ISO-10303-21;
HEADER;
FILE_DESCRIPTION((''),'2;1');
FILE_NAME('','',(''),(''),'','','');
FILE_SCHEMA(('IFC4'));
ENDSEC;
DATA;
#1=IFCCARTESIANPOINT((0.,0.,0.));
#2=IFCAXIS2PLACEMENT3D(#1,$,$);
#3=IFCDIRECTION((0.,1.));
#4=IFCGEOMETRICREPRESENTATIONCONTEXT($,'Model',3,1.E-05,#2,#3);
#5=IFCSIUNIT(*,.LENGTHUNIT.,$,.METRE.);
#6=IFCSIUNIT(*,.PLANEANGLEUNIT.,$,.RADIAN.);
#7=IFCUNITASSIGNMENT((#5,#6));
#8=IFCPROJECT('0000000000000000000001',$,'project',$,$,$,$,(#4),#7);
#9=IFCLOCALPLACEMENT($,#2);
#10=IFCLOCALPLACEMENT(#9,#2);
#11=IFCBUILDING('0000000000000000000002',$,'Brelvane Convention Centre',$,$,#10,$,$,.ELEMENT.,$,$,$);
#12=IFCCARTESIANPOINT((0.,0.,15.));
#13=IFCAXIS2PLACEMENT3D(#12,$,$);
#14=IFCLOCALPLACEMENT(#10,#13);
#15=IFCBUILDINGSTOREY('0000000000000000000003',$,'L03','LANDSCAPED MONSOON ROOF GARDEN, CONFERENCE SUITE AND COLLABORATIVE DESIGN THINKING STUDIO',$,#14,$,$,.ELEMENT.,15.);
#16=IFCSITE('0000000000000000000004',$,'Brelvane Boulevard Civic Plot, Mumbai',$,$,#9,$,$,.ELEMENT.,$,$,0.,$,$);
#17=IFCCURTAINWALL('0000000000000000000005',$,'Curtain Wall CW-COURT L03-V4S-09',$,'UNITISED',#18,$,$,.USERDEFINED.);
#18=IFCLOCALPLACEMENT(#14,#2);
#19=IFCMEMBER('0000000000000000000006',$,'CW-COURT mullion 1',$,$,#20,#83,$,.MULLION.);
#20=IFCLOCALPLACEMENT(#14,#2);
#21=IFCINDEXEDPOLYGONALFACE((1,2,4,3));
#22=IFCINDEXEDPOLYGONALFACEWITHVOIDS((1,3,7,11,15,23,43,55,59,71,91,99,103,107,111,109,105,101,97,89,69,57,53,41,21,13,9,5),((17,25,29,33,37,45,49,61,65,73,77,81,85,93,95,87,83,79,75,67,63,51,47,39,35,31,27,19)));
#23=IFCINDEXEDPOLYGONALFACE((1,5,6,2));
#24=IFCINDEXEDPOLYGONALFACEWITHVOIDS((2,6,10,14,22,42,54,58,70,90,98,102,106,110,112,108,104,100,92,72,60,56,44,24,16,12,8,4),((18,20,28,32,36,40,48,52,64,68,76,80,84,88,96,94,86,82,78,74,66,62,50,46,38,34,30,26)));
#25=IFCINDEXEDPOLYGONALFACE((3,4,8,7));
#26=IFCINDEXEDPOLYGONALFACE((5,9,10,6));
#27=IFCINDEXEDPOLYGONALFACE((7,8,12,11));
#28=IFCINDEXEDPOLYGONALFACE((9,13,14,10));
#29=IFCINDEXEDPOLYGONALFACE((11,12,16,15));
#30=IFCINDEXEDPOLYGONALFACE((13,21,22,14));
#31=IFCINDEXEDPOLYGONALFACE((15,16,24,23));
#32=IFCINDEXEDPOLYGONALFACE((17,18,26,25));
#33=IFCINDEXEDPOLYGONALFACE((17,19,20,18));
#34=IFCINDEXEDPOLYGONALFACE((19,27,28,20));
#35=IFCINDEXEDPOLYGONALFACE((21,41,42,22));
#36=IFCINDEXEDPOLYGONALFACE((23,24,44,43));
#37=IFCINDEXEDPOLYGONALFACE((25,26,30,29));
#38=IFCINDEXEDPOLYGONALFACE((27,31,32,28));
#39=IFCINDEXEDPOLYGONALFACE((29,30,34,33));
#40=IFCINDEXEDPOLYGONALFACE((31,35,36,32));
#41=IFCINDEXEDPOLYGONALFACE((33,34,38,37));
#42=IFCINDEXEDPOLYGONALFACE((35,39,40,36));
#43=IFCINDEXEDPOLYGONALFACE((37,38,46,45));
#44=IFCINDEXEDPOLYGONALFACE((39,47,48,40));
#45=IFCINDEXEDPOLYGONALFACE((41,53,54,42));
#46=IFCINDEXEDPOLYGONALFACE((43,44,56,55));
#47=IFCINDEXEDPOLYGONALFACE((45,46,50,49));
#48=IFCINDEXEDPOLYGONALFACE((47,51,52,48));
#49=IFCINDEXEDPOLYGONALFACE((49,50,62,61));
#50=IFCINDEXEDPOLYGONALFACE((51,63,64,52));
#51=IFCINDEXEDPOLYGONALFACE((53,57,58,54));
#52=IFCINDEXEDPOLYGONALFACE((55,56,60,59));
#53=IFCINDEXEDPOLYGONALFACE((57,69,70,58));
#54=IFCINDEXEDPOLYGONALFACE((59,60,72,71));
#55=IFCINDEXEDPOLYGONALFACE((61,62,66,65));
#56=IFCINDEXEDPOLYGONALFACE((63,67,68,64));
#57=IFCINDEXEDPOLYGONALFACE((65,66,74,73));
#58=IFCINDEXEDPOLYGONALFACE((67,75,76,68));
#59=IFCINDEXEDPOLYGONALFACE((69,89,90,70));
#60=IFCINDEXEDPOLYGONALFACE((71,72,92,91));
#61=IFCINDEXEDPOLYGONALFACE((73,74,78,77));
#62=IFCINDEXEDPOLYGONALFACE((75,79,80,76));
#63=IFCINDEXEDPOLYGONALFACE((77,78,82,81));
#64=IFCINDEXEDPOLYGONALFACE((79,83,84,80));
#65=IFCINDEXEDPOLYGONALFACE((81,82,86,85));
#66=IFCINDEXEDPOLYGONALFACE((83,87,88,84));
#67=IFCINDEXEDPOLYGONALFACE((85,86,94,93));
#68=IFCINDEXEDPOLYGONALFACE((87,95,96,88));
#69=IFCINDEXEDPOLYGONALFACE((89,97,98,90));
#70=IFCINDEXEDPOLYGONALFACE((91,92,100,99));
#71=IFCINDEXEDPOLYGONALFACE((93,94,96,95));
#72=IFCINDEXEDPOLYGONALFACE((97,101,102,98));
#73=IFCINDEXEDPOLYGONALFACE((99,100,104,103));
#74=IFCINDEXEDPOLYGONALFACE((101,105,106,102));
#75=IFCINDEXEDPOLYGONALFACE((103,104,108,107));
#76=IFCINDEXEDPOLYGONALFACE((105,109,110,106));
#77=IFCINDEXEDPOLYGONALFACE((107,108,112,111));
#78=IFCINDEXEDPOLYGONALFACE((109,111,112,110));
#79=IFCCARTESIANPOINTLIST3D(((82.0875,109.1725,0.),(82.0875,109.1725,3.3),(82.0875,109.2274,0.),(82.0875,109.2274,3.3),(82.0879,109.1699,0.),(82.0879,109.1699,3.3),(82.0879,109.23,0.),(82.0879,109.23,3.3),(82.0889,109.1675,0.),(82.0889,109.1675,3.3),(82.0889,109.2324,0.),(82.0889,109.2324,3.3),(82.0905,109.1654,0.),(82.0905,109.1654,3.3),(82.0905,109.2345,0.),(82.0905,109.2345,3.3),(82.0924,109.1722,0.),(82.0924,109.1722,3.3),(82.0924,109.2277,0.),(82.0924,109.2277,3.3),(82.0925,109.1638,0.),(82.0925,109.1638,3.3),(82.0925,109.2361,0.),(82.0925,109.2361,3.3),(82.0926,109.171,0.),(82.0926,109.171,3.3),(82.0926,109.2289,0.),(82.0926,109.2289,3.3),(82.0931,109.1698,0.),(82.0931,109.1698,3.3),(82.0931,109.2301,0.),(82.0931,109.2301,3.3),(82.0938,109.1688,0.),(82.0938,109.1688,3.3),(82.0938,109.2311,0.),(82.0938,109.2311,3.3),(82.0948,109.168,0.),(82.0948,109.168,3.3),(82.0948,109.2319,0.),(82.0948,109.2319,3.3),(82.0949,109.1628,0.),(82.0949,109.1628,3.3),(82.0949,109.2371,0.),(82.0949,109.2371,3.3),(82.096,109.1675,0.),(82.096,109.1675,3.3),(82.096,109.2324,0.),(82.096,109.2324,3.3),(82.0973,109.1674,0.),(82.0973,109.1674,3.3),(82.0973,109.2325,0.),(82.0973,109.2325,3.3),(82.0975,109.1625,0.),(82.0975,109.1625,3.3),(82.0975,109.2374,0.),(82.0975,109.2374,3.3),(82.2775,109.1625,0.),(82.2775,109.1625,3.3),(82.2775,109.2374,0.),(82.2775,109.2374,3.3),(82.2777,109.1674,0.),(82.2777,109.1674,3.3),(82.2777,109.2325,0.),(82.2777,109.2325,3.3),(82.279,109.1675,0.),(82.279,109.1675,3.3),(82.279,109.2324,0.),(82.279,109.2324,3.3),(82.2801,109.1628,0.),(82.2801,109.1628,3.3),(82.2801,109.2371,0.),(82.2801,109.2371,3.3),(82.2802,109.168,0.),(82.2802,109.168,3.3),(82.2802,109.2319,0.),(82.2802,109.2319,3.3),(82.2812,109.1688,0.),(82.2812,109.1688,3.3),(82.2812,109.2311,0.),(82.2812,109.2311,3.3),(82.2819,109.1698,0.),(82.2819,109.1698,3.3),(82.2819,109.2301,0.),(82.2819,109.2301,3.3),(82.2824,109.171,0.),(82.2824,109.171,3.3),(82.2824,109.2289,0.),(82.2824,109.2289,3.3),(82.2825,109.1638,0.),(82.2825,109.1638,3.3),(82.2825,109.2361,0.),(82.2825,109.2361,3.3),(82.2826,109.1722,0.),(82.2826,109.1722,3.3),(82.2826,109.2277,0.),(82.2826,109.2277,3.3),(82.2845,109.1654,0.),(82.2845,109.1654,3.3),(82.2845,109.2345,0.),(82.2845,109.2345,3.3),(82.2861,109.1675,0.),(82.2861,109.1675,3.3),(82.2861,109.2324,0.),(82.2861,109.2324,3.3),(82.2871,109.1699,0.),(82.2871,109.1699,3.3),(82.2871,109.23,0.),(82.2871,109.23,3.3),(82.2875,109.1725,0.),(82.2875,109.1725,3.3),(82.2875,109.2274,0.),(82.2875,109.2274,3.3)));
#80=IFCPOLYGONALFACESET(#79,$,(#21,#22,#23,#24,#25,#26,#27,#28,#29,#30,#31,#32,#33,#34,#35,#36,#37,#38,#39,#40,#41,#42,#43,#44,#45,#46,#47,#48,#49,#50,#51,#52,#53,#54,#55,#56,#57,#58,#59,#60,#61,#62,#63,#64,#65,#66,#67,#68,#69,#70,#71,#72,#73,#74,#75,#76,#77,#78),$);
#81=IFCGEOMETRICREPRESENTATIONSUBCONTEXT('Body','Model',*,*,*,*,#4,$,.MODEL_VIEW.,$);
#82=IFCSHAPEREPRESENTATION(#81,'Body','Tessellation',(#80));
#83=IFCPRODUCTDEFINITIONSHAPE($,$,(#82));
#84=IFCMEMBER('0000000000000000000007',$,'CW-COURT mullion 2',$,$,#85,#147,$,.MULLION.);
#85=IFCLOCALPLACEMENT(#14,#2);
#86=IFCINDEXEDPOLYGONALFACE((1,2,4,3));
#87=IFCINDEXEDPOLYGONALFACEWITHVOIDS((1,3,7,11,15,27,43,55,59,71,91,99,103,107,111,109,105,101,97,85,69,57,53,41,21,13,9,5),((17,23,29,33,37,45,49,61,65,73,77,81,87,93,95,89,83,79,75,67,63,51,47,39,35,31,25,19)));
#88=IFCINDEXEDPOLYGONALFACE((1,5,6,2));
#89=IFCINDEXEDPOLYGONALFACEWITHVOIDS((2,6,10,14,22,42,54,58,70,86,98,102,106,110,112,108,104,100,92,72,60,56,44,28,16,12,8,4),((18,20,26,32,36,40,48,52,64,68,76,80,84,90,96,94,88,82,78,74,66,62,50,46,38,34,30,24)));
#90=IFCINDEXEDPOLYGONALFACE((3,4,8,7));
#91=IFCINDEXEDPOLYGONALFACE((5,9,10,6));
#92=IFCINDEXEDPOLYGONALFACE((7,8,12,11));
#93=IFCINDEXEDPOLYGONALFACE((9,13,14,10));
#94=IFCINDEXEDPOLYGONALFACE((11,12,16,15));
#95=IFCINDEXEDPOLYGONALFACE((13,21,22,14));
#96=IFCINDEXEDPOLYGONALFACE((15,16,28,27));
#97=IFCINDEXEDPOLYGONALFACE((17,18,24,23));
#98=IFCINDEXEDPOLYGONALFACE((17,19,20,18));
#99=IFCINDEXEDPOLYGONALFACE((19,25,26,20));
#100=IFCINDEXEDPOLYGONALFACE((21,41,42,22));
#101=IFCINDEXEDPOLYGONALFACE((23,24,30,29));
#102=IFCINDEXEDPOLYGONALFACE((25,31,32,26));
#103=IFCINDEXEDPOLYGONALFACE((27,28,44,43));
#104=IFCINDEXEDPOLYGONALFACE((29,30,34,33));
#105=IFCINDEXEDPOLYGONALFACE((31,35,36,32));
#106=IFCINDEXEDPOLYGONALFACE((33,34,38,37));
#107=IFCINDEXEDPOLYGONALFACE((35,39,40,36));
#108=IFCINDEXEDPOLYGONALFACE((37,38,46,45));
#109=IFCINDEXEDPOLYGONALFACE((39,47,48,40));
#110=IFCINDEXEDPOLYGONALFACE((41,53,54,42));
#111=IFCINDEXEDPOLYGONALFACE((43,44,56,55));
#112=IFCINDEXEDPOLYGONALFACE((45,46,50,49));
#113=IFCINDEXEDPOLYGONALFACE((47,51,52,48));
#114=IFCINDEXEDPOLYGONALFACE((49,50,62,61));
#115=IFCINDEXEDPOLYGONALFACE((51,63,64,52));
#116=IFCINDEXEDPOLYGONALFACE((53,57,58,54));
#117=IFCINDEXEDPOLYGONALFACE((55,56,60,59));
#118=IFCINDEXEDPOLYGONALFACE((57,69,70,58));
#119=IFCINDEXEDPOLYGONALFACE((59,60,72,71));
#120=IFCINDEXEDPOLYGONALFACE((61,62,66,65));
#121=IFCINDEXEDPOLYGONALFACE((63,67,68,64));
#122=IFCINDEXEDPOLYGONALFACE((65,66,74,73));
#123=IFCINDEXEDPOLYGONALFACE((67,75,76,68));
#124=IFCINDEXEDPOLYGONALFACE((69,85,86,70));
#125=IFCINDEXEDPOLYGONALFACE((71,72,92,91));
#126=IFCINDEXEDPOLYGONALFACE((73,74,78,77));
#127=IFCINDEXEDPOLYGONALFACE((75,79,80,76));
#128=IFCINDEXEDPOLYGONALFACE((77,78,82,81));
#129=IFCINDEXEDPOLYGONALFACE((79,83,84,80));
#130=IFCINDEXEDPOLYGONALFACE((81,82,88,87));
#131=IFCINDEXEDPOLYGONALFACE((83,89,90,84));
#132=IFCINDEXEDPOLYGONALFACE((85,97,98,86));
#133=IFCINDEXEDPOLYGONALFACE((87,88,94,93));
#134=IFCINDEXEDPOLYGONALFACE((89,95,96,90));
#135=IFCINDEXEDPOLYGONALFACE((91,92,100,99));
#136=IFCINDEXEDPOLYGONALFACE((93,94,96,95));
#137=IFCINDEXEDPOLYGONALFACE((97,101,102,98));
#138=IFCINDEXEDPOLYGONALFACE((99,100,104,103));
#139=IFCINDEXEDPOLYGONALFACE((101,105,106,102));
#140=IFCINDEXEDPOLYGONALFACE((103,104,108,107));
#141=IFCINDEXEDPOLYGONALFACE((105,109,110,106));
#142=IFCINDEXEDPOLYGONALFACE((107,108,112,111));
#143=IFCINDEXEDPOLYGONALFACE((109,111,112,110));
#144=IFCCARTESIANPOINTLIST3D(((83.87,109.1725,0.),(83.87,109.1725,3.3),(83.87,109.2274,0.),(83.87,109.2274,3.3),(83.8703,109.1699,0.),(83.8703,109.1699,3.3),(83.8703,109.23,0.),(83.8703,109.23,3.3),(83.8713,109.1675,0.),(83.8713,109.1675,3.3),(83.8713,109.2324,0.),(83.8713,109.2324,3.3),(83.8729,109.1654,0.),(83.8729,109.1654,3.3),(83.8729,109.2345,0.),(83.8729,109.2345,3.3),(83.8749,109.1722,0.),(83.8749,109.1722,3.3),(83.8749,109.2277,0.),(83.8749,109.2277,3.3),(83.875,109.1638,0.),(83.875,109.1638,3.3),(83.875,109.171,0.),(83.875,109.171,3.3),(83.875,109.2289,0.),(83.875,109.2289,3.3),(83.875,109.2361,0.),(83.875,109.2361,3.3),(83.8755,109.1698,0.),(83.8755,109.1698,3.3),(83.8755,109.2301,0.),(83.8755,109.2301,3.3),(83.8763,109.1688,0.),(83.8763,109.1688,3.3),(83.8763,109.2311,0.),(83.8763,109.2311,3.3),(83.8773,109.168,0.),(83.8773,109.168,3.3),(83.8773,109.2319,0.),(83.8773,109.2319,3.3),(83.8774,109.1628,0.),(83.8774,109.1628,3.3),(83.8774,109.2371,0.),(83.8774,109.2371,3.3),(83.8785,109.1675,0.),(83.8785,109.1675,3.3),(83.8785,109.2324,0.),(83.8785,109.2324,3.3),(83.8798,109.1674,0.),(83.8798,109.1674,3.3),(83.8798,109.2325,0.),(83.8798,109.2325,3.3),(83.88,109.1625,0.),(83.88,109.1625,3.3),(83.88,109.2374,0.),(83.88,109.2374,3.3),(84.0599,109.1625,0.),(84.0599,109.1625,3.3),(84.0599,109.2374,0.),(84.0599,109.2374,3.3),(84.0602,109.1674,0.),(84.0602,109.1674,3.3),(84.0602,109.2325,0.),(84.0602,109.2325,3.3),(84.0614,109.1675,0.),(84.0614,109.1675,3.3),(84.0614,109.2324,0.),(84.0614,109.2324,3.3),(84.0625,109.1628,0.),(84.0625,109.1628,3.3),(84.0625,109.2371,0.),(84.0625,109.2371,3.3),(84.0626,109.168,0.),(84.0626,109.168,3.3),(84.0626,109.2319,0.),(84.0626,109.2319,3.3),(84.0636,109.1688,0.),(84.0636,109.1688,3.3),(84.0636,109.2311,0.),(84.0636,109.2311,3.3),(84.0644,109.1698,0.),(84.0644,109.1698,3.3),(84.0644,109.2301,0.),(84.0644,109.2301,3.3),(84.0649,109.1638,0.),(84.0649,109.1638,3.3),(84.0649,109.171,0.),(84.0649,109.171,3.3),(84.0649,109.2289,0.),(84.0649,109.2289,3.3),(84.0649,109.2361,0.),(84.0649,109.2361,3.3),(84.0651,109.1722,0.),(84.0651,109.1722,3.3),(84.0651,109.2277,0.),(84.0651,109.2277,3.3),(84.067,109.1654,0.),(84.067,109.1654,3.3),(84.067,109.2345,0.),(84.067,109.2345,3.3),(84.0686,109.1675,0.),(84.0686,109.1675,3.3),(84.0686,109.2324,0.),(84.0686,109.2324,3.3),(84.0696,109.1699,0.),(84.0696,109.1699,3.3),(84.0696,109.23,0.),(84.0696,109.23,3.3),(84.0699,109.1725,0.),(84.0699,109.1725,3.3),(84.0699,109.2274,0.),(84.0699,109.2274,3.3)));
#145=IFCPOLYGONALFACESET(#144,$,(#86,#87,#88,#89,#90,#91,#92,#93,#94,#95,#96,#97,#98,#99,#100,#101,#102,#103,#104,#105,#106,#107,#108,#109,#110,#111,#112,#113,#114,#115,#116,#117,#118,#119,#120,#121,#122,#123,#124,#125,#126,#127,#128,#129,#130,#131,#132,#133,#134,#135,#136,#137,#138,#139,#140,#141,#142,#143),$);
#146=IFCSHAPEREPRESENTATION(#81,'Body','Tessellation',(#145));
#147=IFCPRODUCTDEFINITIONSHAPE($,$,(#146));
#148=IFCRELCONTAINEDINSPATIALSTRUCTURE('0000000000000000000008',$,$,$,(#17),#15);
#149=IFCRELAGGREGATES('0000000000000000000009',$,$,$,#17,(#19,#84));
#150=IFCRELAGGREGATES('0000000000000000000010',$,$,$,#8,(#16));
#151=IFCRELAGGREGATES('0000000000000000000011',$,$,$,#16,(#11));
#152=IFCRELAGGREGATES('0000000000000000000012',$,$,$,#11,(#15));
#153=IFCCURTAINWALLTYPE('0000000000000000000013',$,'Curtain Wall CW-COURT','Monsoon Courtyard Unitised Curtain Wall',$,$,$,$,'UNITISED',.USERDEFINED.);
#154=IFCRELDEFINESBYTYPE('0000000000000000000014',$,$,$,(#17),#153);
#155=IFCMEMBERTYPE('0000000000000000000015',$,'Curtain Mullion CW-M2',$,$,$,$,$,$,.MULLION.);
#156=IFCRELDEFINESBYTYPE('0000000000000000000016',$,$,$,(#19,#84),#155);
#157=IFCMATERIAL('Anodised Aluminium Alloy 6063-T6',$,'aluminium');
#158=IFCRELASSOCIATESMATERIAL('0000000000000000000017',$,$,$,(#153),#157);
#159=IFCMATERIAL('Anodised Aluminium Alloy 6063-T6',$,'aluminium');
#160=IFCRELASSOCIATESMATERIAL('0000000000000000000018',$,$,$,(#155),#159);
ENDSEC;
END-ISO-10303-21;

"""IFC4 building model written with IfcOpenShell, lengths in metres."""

from ifc_helpers import new_model, si_unit, direction, frame, origin, origin_2d, place, context, subcontext, project, spatial, hollow_rectangle, extrude, material, material_profile, profile_set, type_object, element, aggregate, save


model = new_model("IFC4")

# Units and contexts
model_context = context("Model", 3, precision=1e-05, world=origin(), true_north=direction((0.0, 1.0)))
body_context = subcontext(model_context, "Body", "Model", "MODEL_VIEW")
ifc_project = project(units=[si_unit("LENGTHUNIT", "METRE"), si_unit("PLANEANGLEUNIT", "RADIAN")], contexts=[model_context])

# Site, building, storey
site_placement = place(None, origin())
site = spatial("IfcSite", under=ifc_project, at=site_placement, Name="Brelvane Boulevard Civic Plot, Mumbai", CompositionType="ELEMENT", RefElevation=0.0)
building_placement = place(site_placement, origin())
building = spatial("IfcBuilding", under=site, at=building_placement, Name="Brelvane Convention Centre", CompositionType="ELEMENT")
storey_placement = place(building_placement, frame((0.0, 0.0, 15.0)))
storey = spatial("IfcBuildingStorey", under=building, at=storey_placement, Name="L03", Description="LANDSCAPED MONSOON ROOF GARDEN, CONFERENCE SUITE AND COLLABORATIVE DESIGN THINKING STUDIO", CompositionType="ELEMENT", Elevation=15.0)

# Curtain wall, members
ifc_material_1 = material(Name="Anodised Aluminium Alloy 6063-T6", Category="aluminium")
curtain_wall_type = type_object("IfcCurtainWallType", Name="Curtain Wall CW-COURT", Description="Monsoon Courtyard Unitised Curtain Wall", ElementType="UNITISED", PredefinedType="USERDEFINED", material=ifc_material_1)
curtain_wall_placement = place(storey_placement, origin())
curtain_wall = element("IfcCurtainWall", 1, at=curtain_wall_placement, inside=storey, type_object=curtain_wall_type, Name="Curtain Wall CW-COURT L03-V4S-09", ObjectType="UNITISED", PredefinedType="USERDEFINED")
ifc_material_2 = material(Name="Anodised Aluminium Alloy 6063-T6", Category="aluminium")
ifc_material_profile_1 = material_profile(ifc_material_2, hollow_rectangle(XDim=0.075, YDim=0.2, WallThickness=0.0049, InnerFilletRadius=0.0049, OuterFilletRadius=0.01, at=origin_2d()), Name="ALU-M 200x75x5.0")
ifc_profile_set_1 = profile_set([ifc_material_profile_1], Name="Anodised Aluminium Alloy 6063-T6")
member_type_1 = type_object("IfcMemberType", Name="Curtain Mullion CW-M2", PredefinedType="MULLION", material=ifc_profile_set_1)
member_1_placement = place(storey_placement, frame((82.1875, 109.2, 0.0), z_axis=(0.0, 0.0, 1.0), x_axis=(0.0, 1.0, 0.0)))
member_1 = element("IfcMember", 2, at=member_1_placement, type_object=member_type_1, Name="CW-COURT mullion 1", PredefinedType="MULLION", context=body_context, shape_type="SweptSolid", body=[
    extrude(hollow_rectangle(XDim=0.075, YDim=0.2, WallThickness=0.0049, InnerFilletRadius=0.0049, OuterFilletRadius=0.01, at=origin_2d()), origin(), (0.0, 0.0, 1.0), 3.3),
])
member_2_placement = place(storey_placement, frame((83.97, 109.2, 0.0), z_axis=(0.0, 0.0, 1.0), x_axis=(0.0, 1.0, 0.0)))
member_2 = element("IfcMember", 3, at=member_2_placement, type_object=member_type_1, Name="CW-COURT mullion 2", PredefinedType="MULLION", context=body_context, shape_type="SweptSolid", body=[
    extrude(hollow_rectangle(XDim=0.075, YDim=0.2, WallThickness=0.0049, InnerFilletRadius=0.0049, OuterFilletRadius=0.01, at=origin_2d()), origin(), (0.0, 0.0, 1.0), 3.3),
])

aggregate(curtain_wall, [member_1, member_2])

save(model, "model.ifc")
